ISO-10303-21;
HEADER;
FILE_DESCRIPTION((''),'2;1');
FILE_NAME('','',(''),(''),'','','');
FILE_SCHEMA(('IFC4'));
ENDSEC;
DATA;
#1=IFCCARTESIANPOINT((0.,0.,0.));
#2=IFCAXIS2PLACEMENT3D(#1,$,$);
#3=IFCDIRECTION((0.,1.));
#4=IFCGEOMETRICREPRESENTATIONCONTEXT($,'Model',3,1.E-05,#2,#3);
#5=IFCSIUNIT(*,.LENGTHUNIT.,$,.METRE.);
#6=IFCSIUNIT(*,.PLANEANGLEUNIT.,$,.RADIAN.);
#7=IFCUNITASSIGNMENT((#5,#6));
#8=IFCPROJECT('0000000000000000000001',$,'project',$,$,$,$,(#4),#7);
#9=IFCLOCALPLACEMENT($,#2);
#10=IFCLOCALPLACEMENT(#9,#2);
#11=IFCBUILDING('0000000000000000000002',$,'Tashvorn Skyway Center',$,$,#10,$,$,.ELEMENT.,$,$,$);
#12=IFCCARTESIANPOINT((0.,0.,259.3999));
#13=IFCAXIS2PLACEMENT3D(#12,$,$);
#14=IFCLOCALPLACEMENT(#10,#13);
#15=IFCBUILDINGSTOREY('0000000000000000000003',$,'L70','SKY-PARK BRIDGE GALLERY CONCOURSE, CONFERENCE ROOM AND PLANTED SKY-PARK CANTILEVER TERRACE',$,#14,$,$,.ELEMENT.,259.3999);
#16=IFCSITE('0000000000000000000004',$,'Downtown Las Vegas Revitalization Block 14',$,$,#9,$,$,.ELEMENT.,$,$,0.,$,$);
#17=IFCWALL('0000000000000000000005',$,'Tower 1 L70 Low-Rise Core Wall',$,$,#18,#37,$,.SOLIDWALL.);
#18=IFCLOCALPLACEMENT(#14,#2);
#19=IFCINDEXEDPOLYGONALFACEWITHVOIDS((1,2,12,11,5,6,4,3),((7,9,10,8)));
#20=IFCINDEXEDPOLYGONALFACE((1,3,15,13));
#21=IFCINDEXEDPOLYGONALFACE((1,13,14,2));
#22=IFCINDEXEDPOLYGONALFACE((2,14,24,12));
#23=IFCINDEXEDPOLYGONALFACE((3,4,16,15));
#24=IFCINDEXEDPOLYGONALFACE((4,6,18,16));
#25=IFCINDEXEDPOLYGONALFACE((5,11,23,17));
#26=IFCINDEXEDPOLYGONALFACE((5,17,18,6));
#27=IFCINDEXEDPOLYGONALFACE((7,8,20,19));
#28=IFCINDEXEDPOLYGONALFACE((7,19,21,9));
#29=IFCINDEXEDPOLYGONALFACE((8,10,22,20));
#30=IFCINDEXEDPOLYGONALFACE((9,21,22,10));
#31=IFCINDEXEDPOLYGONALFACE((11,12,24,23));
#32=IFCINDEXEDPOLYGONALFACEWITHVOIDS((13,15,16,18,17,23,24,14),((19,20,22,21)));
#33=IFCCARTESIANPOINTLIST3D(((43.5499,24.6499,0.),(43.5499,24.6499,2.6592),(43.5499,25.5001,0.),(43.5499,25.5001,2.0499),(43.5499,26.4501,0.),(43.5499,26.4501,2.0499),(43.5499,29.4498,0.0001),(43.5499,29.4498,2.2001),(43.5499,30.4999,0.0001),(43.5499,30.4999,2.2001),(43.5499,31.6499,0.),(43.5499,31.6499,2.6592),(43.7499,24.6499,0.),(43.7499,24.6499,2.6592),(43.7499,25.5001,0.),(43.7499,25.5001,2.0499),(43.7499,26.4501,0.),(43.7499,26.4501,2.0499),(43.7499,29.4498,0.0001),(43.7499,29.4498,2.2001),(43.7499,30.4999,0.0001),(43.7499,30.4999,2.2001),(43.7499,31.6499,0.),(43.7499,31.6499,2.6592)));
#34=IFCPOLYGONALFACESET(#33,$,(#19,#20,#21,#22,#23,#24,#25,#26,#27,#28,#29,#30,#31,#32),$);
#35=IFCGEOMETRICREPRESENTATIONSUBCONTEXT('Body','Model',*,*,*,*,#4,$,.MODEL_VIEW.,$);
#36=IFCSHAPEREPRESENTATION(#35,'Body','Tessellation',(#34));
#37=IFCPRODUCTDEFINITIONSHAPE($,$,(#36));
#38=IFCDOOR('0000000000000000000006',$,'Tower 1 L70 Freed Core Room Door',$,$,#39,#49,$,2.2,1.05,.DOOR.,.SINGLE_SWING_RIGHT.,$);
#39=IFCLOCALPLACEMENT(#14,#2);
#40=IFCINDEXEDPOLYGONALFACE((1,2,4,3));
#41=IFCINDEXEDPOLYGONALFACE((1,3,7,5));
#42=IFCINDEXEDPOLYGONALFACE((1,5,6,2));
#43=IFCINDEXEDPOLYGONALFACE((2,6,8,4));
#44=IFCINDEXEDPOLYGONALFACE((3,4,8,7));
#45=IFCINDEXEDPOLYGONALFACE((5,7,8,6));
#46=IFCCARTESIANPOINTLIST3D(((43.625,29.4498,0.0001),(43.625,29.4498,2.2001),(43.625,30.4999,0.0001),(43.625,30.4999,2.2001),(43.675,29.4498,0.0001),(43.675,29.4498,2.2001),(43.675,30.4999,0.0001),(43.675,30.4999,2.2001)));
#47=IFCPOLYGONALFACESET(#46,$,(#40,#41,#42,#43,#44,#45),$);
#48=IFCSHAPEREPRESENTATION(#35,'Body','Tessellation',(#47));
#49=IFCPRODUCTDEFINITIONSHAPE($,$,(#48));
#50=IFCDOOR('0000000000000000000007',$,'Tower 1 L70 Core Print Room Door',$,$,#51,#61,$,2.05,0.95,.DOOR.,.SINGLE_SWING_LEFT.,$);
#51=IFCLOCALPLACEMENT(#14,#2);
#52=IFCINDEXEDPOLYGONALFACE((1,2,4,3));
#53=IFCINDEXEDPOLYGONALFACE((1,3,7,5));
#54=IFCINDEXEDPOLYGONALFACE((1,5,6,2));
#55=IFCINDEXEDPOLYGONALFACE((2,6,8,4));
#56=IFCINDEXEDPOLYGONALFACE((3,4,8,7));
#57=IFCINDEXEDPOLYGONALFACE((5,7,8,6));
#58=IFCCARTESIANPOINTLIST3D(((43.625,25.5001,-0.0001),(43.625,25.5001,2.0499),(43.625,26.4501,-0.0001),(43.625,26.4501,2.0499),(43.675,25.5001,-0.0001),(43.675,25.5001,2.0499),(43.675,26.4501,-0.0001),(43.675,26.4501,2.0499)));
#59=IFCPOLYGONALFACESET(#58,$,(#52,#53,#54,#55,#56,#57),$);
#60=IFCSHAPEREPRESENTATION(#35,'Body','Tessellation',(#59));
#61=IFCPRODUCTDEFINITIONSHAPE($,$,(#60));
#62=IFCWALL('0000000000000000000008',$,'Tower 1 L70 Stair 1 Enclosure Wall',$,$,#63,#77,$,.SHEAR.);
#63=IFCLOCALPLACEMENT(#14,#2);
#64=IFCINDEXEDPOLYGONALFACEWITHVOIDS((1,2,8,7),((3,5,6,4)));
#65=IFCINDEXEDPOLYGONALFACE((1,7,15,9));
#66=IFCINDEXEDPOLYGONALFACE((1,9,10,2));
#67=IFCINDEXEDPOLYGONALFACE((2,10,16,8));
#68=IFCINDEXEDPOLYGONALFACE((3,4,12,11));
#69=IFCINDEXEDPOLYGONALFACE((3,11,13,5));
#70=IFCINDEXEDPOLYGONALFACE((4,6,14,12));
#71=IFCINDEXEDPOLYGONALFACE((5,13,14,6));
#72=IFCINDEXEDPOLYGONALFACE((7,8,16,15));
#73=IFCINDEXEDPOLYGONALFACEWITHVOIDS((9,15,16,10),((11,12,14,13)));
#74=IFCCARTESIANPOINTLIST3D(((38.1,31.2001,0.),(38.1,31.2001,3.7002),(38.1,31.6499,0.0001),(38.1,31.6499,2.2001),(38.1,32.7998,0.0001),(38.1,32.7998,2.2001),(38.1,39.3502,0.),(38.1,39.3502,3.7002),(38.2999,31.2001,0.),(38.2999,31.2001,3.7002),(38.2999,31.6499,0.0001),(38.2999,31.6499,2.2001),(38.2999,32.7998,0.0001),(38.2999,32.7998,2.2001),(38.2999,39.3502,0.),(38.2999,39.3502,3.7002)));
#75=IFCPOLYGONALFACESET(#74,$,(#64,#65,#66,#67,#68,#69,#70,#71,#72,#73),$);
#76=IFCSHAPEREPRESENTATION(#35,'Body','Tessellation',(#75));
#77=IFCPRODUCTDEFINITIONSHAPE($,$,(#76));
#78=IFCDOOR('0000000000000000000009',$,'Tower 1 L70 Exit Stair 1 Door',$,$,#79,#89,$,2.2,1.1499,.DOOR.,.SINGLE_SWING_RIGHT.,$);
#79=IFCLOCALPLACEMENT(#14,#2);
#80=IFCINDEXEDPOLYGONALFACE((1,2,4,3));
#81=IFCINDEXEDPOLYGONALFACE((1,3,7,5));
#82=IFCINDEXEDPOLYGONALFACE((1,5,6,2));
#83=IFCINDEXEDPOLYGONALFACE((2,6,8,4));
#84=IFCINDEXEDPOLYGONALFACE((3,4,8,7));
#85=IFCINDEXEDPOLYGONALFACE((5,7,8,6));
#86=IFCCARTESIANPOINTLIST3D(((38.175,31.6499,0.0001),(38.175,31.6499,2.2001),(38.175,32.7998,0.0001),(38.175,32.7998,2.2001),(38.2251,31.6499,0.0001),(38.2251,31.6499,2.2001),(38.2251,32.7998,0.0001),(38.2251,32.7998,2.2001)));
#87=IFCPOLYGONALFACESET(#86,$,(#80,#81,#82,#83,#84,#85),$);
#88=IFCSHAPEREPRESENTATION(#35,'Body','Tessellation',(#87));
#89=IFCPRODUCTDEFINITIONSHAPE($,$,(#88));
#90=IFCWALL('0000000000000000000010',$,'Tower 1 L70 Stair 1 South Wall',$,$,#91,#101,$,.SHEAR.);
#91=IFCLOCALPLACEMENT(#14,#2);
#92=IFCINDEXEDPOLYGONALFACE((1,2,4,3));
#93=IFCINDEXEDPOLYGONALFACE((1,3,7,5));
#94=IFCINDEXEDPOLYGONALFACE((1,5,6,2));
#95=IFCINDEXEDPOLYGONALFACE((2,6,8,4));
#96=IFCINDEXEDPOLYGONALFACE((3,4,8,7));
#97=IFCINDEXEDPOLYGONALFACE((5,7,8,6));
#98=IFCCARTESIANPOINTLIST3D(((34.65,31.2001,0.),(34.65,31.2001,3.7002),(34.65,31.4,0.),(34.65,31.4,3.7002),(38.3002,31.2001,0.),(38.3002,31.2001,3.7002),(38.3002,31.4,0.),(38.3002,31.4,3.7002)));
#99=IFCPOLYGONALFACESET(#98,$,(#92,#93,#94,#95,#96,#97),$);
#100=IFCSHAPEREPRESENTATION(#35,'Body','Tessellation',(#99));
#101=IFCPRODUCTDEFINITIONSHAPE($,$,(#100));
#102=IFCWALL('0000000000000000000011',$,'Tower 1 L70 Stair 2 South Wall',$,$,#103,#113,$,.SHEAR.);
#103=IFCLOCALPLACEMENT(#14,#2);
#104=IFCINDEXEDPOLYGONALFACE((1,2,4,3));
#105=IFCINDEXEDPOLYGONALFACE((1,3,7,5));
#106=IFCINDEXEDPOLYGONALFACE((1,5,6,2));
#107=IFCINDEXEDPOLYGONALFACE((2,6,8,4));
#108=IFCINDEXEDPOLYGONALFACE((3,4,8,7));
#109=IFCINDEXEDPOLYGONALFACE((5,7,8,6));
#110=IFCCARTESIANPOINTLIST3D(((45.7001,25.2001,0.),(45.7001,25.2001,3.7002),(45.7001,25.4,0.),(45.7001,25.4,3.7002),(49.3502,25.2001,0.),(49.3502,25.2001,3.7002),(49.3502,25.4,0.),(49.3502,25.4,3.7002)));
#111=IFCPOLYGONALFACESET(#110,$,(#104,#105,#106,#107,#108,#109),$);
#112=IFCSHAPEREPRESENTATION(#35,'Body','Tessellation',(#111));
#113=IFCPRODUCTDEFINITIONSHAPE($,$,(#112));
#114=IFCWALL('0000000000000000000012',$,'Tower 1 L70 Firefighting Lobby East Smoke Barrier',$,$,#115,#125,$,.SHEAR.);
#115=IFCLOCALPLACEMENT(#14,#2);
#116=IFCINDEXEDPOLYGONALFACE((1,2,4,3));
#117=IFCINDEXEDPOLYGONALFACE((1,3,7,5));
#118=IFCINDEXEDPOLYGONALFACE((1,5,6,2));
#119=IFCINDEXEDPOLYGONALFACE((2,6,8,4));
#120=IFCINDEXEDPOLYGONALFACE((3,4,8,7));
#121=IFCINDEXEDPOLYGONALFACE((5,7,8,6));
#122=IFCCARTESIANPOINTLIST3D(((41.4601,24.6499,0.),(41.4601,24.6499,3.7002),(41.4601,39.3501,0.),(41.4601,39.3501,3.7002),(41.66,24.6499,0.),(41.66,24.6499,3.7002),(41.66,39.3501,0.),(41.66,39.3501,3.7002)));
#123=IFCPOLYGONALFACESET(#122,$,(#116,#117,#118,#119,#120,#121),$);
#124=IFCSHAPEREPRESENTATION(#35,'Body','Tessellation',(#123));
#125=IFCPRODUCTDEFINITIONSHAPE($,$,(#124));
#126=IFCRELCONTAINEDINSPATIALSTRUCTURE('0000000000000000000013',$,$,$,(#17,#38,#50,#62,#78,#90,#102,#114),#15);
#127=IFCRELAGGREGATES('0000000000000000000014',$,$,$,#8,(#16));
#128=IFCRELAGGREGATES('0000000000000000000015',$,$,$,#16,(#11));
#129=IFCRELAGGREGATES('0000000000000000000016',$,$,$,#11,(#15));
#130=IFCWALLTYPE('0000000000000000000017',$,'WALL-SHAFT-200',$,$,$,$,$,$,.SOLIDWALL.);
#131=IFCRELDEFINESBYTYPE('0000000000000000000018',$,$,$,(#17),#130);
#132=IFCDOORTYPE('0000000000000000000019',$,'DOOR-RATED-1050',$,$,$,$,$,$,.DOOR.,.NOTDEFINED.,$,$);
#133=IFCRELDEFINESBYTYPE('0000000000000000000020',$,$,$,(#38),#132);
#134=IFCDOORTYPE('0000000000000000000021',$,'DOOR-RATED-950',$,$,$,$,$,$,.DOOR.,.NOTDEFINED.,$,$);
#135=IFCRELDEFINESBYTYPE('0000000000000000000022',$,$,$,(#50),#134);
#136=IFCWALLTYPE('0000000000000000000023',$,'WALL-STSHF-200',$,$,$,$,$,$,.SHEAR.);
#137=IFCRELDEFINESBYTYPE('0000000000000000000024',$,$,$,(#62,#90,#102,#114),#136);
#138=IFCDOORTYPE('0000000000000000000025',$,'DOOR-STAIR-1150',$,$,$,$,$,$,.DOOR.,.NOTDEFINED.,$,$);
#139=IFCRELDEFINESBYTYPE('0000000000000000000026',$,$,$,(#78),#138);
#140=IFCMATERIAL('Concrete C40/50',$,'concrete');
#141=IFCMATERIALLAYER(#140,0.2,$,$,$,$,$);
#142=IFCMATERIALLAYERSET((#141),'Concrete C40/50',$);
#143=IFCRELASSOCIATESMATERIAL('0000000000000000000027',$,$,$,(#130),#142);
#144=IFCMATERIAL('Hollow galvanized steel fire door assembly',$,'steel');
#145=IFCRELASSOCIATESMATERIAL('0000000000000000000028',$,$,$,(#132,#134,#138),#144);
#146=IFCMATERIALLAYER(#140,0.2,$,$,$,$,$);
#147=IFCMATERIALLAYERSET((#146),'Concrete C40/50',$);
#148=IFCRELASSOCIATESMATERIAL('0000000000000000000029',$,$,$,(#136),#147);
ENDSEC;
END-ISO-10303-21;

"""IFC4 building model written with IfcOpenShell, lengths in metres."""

from ifc_helpers import new_model, si_unit, direction, frame, frame_2d, origin, place, context, subcontext, project, spatial, rectangle, extrude, material, layer, layer_set, type_object, element, fill, save


model = new_model("IFC4")

# Units and contexts
model_context = context("Model", 3, precision=1e-05, world=origin(), true_north=direction((0.0, 1.0)))
body_context = subcontext(model_context, "Body", "Model", "MODEL_VIEW")
ifc_project = project(units=[si_unit("LENGTHUNIT", "METRE"), si_unit("PLANEANGLEUNIT", "RADIAN")], contexts=[model_context])

# Site, building, storey
site_placement = place(None, origin())
site = spatial("IfcSite", under=ifc_project, at=site_placement, Name="Downtown Las Vegas Revitalization Block 14", CompositionType="ELEMENT", RefElevation=0.0)
building_placement = place(site_placement, origin())
building = spatial("IfcBuilding", under=site, at=building_placement, Name="Tashvorn Skyway Center", CompositionType="ELEMENT")
storey_placement = place(building_placement, frame((0.0, 0.0, 259.3999)))
storey = spatial("IfcBuildingStorey", under=building, at=storey_placement, Name="L70", Description="SKY-PARK BRIDGE GALLERY CONCOURSE, CONFERENCE ROOM AND PLANTED SKY-PARK CANTILEVER TERRACE", CompositionType="ELEMENT", Elevation=259.3999)

# Shared definitions
ifc_material_1 = material(Name="Concrete C40/50", Category="concrete")
ifc_material_2 = material(Name="Hollow galvanized steel fire door assembly", Category="steel")

# Shared definitions
ifc_layer_1 = layer(ifc_material_1, 0.2)
ifc_layer_set_1 = layer_set([ifc_layer_1], Name="Concrete C40/50")
wall_type_1 = type_object("IfcWallType", Name="WALL-SHAFT-200", PredefinedType="SOLIDWALL", material=ifc_layer_set_1)

# Wall, openings, doors
wall_1_placement = place(storey_placement, frame((43.6499, 24.6499, 0.0), z_axis=(0.0, 0.0, 1.0), x_axis=(0.0, 1.0, 0.0)))
wall_1 = element("IfcWall", 1, at=wall_1_placement, inside=storey, type_object=wall_type_1, Name="Tower 1 L70 Low-Rise Core Wall", PredefinedType="SOLIDWALL", context=body_context, shape_type="SweptSolid", body=[
    extrude(rectangle(XDim=7.0, YDim=0.2, at=frame_2d((3.5, 0.0))), origin(), (0.0, 0.0, 1.0), 2.6592),
])
opening_1_placement = place(wall_1_placement, frame((0.8501, 0.0, 0.0)))
opening_1 = element("IfcOpeningElement", 2, at=opening_1_placement, cuts=wall_1, PredefinedType="OPENING", context=body_context, shape_type="SweptSolid", body=[
    extrude(rectangle(XDim=0.95, YDim=2.05, at=frame_2d((0.4751, 1.0249))), frame((0.0, 0.1099, 0.0), z_axis=(0.0, -1.0, 0.0), x_axis=(1.0, 0.0, 0.0)), (0.0, 0.0, 1.0), 0.22),
])
opening_2_placement = place(wall_1_placement, frame((4.8, 0.0, 0.0)))
opening_2 = element("IfcOpeningElement", 3, at=opening_2_placement, cuts=wall_1, PredefinedType="OPENING", context=body_context, shape_type="SweptSolid", body=[
    extrude(rectangle(XDim=1.05, YDim=2.2, at=frame_2d((0.5249, 1.1001))), frame((0.0, 0.1099, 0.0), z_axis=(0.0, -1.0, 0.0), x_axis=(1.0, 0.0, 0.0)), (0.0, 0.0, 1.0), 0.22),
])
door_type_1 = type_object("IfcDoorType", Name="DOOR-RATED-1050", OperationType="NOTDEFINED", PredefinedType="DOOR", material=ifc_material_2)
door_1_placement = place(opening_2_placement, origin())
door_1 = element("IfcDoor", 4, at=door_1_placement, inside=storey, type_object=door_type_1, Name="Tower 1 L70 Freed Core Room Door", OperationType="SINGLE_SWING_RIGHT", OverallHeight=2.2, OverallWidth=1.05, PredefinedType="DOOR", context=body_context, shape_type="SweptSolid", body=[
    extrude(rectangle(XDim=1.05, YDim=2.2, at=frame_2d((0.5249, 1.1001))), frame((0.0, 0.0249, 0.0), z_axis=(0.0, -1.0, 0.0), x_axis=(1.0, 0.0, 0.0)), (0.0, 0.0, 1.0), 0.05),
])
fill(opening_2, door_1)
door_type_2 = type_object("IfcDoorType", Name="DOOR-RATED-950", OperationType="NOTDEFINED", PredefinedType="DOOR", material=ifc_material_2)
door_2_placement = place(opening_1_placement, origin())
door_2 = element("IfcDoor", 5, at=door_2_placement, inside=storey, type_object=door_type_2, Name="Tower 1 L70 Core Print Room Door", OperationType="SINGLE_SWING_LEFT", OverallHeight=2.05, OverallWidth=0.95, PredefinedType="DOOR", context=body_context, shape_type="SweptSolid", body=[
    extrude(rectangle(XDim=0.95, YDim=2.05, at=frame_2d((0.4751, 1.0249))), frame((0.0, 0.0249, 0.0), z_axis=(0.0, -1.0, 0.0), x_axis=(1.0, 0.0, 0.0)), (0.0, 0.0, 1.0), 0.05),
])
fill(opening_1, door_2)

# Wall, opening, door
ifc_layer_2 = layer(ifc_material_1, 0.2)
ifc_layer_set_2 = layer_set([ifc_layer_2], Name="Concrete C40/50")
wall_type_2 = type_object("IfcWallType", Name="WALL-STSHF-200", PredefinedType="SHEAR", material=ifc_layer_set_2)
wall_2_placement = place(storey_placement, frame((38.2, 31.2, 0.0), z_axis=(0.0, 0.0, 1.0), x_axis=(0.0, 1.0, 0.0)))
wall_2 = element("IfcWall", 6, at=wall_2_placement, inside=storey, type_object=wall_type_2, Name="Tower 1 L70 Stair 1 Enclosure Wall", PredefinedType="SHEAR", context=body_context, shape_type="SweptSolid", body=[
    extrude(rectangle(XDim=8.1501, YDim=0.2, at=frame_2d((4.0752, 0.0))), origin(), (0.0, 0.0, 1.0), 3.7002),
])
opening_3_placement = place(wall_2_placement, frame((0.45, 0.0, 0.0)))
opening_3 = element("IfcOpeningElement", 7, at=opening_3_placement, cuts=wall_2, PredefinedType="OPENING", context=body_context, shape_type="SweptSolid", body=[
    extrude(rectangle(XDim=1.1499, YDim=2.2, at=frame_2d((0.575, 1.1001))), frame((0.0, 0.1099, 0.0), z_axis=(0.0, -1.0, 0.0), x_axis=(1.0, 0.0, 0.0)), (0.0, 0.0, 1.0), 0.22),
])
door_type_3 = type_object("IfcDoorType", Name="DOOR-STAIR-1150", OperationType="NOTDEFINED", PredefinedType="DOOR", material=ifc_material_2)
door_3_placement = place(opening_3_placement, origin())
door_3 = element("IfcDoor", 8, at=door_3_placement, inside=storey, type_object=door_type_3, Name="Tower 1 L70 Exit Stair 1 Door", OperationType="SINGLE_SWING_RIGHT", OverallHeight=2.2, OverallWidth=1.1499, PredefinedType="DOOR", context=body_context, shape_type="SweptSolid", body=[
    extrude(rectangle(XDim=1.1499, YDim=2.2, at=frame_2d((0.575, 1.1001))), frame((0.0, 0.0249, 0.0), z_axis=(0.0, -1.0, 0.0), x_axis=(1.0, 0.0, 0.0)), (0.0, 0.0, 1.0), 0.05),
])
fill(opening_3, door_3)

# Walls
for number, where, z_axis, x_axis, name in (
    (9, (34.6499, 31.3, 0.0), (0.0, 0.0, 1.0), (1.0, 0.0, 0.0), "Tower 1 L70 Stair 1 South Wall"),
    (10, (45.7, 25.3, 0.0), (0.0, 0.0, 1.0), (1.0, 0.0, 0.0), "Tower 1 L70 Stair 2 South Wall"),
):
    element("IfcWall", number, at=place(storey_placement, frame(where, z_axis=z_axis, x_axis=x_axis)), inside=storey, type_object=wall_type_2, Name=name, PredefinedType="SHEAR", context=body_context, shape_type="SweptSolid", body=[
        extrude(rectangle(XDim=3.6501, YDim=0.2, at=frame_2d((1.8252, 0.0))), origin(), (0.0, 0.0, 1.0), 3.7002),
    ])
wall_3_placement = place(storey_placement, frame((41.5601, 24.6499, 0.0), z_axis=(0.0, 0.0, 1.0), x_axis=(0.0, 1.0, 0.0)))
element("IfcWall", 11, at=wall_3_placement, inside=storey, type_object=wall_type_2, Name="Tower 1 L70 Firefighting Lobby East Smoke Barrier", PredefinedType="SHEAR", context=body_context, shape_type="SweptSolid", body=[
    extrude(rectangle(XDim=14.7002, YDim=0.2, at=frame_2d((7.3501, 0.0))), origin(), (0.0, 0.0, 1.0), 3.7002),
])

save(model, "model.ifc")
